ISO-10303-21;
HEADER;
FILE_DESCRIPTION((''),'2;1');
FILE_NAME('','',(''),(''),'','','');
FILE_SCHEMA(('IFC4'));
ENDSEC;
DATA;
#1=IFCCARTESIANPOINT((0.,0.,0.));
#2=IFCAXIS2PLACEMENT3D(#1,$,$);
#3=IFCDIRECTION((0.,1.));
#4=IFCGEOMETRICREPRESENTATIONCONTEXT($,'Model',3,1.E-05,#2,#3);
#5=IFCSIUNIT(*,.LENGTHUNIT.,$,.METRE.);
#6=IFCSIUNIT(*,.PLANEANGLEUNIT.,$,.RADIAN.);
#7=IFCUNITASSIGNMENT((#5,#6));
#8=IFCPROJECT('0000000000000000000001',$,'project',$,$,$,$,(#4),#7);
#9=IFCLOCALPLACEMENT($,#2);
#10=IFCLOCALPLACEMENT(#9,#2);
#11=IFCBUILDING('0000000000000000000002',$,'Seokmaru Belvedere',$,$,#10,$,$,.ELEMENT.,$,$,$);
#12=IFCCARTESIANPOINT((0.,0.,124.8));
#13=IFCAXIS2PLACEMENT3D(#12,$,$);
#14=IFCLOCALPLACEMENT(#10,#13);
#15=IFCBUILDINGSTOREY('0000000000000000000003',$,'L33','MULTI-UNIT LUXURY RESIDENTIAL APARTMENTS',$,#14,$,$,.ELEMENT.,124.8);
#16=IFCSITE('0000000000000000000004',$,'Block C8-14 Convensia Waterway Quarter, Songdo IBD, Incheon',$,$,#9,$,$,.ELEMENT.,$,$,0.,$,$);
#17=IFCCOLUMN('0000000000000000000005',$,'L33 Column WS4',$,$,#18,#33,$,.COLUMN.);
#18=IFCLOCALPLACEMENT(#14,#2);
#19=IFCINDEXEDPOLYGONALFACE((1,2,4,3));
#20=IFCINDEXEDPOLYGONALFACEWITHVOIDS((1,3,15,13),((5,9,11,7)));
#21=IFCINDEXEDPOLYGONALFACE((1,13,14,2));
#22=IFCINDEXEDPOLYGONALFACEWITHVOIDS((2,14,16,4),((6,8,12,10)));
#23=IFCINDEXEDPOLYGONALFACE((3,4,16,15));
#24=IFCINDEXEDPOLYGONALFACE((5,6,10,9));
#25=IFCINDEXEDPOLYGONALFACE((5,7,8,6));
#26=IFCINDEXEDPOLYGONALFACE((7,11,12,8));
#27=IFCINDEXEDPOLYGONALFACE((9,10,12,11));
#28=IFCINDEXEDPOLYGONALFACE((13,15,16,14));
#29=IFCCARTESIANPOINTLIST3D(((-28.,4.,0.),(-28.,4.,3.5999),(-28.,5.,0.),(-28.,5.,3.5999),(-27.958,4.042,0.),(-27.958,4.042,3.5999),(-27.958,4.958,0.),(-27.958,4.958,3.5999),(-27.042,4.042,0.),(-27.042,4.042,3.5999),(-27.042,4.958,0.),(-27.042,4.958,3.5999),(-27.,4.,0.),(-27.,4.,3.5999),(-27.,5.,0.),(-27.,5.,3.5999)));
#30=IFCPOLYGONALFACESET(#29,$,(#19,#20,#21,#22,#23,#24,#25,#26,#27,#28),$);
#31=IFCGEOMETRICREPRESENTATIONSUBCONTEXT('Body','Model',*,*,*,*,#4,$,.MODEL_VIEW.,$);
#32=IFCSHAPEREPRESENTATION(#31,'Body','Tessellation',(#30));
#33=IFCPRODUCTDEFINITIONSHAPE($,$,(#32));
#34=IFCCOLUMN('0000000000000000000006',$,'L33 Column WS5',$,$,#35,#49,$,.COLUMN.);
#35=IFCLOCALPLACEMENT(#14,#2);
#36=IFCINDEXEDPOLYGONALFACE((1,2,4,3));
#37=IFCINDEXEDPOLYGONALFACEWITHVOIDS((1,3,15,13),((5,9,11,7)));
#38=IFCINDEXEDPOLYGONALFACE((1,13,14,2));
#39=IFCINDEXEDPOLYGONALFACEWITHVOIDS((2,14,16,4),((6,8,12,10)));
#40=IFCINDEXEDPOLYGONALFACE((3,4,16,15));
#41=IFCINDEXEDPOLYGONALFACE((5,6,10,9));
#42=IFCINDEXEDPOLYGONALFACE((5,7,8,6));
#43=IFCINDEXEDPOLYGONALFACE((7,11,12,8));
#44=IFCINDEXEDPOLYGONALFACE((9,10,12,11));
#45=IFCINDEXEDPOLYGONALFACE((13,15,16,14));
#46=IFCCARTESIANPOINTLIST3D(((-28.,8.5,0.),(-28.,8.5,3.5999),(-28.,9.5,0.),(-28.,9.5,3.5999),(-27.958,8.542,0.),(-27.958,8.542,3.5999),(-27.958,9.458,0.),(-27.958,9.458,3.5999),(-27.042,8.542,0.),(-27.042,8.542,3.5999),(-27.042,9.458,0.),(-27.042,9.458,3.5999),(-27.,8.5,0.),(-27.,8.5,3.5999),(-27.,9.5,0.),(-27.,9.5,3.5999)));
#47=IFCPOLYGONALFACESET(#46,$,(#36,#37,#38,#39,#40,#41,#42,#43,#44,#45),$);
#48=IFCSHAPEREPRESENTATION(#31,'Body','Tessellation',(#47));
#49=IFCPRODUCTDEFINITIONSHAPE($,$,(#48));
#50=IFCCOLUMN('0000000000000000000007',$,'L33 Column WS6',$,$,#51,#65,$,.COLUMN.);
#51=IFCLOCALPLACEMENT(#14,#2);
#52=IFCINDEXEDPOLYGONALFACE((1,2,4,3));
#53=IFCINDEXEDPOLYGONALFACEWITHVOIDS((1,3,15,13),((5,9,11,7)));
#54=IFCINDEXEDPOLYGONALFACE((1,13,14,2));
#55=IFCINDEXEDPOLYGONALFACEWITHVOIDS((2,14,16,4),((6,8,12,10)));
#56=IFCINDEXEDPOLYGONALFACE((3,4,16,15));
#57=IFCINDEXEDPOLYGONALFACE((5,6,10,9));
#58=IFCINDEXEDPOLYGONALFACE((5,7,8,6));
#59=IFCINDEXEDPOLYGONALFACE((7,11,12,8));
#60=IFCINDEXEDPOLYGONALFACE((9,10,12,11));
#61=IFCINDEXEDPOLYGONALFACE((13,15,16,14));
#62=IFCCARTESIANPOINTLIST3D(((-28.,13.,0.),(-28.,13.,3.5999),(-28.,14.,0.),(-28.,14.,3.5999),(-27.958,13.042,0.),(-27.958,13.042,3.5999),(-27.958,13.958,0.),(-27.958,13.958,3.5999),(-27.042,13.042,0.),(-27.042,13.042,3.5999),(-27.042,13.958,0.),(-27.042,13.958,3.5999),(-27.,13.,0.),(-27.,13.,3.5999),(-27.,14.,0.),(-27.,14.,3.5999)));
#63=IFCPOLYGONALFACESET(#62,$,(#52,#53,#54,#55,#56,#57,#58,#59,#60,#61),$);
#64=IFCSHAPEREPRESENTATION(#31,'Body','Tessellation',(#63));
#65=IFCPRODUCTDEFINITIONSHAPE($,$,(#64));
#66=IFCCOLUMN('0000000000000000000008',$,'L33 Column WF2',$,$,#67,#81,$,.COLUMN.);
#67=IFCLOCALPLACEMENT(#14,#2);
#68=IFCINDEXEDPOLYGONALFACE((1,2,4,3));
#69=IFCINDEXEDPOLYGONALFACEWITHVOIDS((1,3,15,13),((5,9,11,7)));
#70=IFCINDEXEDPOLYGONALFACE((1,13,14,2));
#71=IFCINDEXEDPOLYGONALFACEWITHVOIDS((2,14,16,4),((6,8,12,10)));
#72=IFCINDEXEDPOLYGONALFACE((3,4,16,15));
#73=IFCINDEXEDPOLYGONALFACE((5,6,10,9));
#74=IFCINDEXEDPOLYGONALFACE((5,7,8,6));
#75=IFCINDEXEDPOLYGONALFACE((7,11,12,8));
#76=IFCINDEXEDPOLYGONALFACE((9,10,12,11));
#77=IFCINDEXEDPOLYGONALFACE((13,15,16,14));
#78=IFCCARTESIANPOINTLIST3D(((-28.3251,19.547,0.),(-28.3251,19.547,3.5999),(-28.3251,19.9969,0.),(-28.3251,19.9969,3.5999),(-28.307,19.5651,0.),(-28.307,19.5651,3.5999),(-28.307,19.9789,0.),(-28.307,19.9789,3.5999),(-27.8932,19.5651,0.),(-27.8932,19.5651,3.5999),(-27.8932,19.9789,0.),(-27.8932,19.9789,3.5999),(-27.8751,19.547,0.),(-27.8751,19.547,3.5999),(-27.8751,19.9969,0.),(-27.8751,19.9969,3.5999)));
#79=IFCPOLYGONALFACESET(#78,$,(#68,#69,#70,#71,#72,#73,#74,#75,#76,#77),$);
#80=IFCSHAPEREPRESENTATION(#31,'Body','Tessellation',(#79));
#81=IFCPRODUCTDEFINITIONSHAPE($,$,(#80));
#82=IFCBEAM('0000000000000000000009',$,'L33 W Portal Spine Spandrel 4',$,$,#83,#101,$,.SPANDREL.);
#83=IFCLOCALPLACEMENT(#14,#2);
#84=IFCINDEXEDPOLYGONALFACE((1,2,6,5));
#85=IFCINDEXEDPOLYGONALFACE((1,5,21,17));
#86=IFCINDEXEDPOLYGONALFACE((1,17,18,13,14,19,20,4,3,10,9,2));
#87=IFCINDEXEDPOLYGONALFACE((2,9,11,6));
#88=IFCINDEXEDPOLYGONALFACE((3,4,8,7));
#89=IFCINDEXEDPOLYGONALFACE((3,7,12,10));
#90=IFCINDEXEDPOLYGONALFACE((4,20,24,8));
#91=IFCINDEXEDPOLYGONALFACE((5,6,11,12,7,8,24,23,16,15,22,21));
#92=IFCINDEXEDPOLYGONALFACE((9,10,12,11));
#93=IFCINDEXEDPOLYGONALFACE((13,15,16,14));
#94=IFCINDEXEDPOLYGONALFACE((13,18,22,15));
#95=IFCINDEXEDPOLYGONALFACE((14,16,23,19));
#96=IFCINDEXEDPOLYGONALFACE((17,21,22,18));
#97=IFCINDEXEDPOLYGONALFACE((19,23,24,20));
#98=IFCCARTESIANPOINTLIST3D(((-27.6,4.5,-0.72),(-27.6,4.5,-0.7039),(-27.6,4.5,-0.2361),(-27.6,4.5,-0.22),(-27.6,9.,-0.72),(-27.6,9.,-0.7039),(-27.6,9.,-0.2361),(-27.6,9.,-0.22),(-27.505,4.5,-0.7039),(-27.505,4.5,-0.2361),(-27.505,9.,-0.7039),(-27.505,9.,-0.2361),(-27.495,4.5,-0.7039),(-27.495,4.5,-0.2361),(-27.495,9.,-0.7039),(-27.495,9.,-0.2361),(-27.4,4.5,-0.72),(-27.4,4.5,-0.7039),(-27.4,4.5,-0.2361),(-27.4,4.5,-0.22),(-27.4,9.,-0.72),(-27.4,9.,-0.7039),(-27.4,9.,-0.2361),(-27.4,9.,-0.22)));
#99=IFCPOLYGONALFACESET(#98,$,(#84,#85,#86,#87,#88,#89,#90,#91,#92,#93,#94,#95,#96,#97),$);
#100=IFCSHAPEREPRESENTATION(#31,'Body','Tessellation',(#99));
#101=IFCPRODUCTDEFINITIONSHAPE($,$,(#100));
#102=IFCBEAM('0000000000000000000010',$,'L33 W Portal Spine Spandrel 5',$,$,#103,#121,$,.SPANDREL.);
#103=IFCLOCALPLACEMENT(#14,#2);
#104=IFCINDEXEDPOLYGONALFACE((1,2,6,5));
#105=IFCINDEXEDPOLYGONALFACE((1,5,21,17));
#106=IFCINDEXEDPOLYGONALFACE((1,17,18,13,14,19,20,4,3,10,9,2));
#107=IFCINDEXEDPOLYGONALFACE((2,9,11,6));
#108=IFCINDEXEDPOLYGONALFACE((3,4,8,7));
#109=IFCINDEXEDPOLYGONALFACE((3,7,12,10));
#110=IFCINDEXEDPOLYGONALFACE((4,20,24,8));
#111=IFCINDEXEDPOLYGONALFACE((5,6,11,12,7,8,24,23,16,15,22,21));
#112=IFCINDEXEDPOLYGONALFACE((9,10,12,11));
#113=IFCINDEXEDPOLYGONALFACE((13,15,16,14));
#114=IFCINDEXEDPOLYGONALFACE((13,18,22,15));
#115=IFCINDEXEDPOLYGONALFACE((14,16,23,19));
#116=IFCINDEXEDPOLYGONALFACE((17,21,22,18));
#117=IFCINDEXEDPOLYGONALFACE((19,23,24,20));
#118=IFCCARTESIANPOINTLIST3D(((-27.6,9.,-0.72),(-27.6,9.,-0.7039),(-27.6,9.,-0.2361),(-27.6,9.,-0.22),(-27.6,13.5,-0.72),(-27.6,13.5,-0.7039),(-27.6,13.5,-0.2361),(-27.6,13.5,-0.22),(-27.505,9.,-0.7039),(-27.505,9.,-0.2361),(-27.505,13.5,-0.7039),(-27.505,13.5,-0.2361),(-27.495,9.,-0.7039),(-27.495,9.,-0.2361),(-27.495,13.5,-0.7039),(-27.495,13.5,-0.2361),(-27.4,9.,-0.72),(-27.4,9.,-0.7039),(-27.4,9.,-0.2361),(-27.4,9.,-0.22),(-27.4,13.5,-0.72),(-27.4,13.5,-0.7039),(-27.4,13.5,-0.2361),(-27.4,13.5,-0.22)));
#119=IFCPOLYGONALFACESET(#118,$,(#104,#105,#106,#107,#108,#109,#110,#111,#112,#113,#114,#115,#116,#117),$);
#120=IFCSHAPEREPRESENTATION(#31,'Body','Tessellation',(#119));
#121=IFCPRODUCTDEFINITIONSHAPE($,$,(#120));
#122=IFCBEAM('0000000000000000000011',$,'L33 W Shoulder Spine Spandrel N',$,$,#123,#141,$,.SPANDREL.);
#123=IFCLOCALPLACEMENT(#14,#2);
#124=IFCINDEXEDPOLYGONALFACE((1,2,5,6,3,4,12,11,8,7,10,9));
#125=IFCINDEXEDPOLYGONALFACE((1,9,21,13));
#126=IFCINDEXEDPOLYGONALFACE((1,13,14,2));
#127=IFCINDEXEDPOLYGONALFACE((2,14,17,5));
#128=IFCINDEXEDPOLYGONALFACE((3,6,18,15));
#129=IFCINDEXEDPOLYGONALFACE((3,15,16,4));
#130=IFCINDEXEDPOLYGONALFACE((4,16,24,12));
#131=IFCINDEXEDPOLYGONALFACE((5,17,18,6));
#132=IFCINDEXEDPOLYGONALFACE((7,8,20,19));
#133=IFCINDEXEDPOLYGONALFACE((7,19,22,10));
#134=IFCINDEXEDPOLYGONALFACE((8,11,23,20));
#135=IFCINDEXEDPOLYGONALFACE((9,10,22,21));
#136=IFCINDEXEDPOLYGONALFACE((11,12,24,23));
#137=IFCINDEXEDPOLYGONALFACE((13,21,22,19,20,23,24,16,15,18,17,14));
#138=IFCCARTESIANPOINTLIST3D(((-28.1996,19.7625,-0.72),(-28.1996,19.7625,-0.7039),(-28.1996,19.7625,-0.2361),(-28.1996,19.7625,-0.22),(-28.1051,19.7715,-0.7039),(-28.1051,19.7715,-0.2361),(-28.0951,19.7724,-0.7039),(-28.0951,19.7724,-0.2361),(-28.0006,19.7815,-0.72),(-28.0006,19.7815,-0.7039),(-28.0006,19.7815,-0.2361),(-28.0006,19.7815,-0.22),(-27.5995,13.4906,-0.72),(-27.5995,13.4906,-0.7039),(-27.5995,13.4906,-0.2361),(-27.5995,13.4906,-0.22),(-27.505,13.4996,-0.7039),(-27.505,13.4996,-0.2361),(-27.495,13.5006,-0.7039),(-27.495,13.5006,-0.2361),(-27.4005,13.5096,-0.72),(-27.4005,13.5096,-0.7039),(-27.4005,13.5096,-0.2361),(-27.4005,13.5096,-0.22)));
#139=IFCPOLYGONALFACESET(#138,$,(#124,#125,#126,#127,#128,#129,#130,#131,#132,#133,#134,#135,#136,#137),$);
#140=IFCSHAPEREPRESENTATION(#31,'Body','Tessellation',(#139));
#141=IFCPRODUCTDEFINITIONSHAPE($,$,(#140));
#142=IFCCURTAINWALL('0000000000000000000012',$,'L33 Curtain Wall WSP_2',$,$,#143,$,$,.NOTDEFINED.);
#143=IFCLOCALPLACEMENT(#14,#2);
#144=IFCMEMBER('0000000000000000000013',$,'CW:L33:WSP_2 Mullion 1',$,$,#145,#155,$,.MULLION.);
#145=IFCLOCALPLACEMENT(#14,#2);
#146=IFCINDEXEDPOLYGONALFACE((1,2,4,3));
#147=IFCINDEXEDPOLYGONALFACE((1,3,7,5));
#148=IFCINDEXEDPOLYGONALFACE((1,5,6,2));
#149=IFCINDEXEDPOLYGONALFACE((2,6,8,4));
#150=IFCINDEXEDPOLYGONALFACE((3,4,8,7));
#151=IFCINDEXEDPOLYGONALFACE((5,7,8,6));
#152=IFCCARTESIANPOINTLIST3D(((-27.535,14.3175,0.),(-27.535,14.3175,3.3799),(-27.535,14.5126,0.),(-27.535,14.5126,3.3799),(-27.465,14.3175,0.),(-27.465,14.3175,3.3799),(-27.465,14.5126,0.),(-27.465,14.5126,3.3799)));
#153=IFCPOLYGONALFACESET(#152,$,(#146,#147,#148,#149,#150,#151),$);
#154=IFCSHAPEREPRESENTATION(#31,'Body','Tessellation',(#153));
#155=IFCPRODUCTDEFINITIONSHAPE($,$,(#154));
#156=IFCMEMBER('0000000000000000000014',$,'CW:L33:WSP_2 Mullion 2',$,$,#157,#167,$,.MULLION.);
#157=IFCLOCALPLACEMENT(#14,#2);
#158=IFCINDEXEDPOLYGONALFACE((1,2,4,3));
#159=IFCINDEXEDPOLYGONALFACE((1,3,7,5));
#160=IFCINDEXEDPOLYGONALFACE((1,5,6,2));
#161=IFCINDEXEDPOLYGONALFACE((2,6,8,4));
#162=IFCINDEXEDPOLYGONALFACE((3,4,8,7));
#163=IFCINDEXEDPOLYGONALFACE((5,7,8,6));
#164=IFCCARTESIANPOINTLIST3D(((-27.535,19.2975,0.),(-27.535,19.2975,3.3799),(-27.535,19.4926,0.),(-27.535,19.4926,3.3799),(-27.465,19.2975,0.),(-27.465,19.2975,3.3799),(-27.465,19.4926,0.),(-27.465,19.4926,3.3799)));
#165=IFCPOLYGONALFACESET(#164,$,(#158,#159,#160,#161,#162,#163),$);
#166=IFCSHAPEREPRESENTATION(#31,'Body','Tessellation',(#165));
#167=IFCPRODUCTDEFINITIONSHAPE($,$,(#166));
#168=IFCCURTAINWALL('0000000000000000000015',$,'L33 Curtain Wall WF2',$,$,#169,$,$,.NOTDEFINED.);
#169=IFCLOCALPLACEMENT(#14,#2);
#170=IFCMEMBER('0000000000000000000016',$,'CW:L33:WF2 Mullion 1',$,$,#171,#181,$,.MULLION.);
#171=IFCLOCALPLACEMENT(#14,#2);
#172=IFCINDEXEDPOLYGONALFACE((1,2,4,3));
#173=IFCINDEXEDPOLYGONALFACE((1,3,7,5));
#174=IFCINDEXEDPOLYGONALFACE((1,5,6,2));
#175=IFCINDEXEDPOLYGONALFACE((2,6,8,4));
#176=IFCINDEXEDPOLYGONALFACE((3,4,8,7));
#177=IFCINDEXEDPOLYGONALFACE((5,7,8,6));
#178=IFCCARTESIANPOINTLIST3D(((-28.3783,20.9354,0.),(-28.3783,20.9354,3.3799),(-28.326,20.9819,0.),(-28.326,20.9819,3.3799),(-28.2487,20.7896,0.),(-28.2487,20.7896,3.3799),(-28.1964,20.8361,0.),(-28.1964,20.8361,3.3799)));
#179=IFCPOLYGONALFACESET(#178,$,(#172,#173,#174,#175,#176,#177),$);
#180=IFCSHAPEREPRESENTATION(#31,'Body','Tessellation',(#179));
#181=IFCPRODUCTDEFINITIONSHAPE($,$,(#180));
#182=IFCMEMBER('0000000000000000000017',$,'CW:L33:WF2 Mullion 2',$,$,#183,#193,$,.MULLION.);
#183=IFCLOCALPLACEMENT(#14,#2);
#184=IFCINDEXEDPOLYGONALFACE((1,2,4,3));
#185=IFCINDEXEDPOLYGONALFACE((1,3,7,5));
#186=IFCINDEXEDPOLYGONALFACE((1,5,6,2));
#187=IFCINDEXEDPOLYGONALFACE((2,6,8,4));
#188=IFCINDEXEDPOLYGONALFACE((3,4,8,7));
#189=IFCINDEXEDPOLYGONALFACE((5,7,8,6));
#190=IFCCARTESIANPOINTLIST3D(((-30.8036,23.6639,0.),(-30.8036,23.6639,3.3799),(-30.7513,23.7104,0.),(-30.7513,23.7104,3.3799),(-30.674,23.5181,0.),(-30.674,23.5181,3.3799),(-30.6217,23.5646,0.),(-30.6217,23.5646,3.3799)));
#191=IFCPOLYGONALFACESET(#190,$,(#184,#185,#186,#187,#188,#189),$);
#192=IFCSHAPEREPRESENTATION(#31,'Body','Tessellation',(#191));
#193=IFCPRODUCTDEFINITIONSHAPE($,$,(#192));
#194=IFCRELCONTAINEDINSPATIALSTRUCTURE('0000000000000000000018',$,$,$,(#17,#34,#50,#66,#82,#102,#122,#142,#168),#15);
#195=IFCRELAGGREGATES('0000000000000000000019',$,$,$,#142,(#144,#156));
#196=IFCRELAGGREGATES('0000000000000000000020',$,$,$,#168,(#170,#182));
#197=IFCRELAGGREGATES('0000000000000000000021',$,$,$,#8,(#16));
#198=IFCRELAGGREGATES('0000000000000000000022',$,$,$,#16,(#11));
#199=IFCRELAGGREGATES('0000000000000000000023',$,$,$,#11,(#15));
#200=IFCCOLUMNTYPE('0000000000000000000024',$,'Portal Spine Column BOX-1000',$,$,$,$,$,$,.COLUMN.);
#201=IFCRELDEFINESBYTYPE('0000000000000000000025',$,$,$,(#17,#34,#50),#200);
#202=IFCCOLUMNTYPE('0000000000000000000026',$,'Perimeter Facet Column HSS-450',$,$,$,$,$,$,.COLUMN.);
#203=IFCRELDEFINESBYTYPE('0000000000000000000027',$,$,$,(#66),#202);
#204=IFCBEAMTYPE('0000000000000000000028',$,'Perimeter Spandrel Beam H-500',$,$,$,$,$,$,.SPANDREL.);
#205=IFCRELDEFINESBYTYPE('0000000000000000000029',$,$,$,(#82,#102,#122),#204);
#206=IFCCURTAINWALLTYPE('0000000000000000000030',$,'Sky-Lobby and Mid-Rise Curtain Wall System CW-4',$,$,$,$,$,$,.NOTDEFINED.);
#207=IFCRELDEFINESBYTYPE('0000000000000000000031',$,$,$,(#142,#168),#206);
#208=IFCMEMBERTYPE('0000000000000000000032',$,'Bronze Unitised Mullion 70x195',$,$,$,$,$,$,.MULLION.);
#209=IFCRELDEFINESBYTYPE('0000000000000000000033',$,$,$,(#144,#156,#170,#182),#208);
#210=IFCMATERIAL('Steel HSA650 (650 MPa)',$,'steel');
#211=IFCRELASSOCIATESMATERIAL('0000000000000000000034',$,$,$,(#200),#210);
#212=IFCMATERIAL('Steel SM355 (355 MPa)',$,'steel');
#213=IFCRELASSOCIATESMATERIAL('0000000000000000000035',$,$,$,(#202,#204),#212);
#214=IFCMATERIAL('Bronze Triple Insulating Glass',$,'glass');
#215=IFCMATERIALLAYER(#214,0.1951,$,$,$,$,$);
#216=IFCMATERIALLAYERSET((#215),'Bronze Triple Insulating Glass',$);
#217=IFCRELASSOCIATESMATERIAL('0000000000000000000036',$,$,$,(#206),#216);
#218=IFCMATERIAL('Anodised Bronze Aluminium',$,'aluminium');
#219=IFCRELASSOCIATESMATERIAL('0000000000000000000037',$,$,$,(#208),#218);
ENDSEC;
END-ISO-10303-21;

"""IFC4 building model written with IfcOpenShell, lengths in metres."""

from ifc_helpers import new_model, si_unit, direction, frame, origin, origin_2d, place, context, subcontext, project, spatial, rectangle, hollow_rectangle, i_section, extrude, source, transform, mapped, material, layer, layer_set, material_profile, profile_set, type_object, type_shapes, element, aggregate, save


model = new_model("IFC4")

# Units and contexts
model_context = context("Model", 3, precision=1e-05, world=origin(), true_north=direction((0.0, 1.0)))
body_context = subcontext(model_context, "Body", "Model", "MODEL_VIEW")
ifc_project = project(units=[si_unit("LENGTHUNIT", "METRE"), si_unit("PLANEANGLEUNIT", "RADIAN")], contexts=[model_context])

# Site, building, storey
site_placement = place(None, origin())
site = spatial("IfcSite", under=ifc_project, at=site_placement, Name="Block C8-14 Convensia Waterway Quarter, Songdo IBD, Incheon", CompositionType="ELEMENT", RefElevation=0.0)
building_placement = place(site_placement, origin())
building = spatial("IfcBuilding", under=site, at=building_placement, Name="Seokmaru Belvedere", CompositionType="ELEMENT")
storey_placement = place(building_placement, frame((0.0, 0.0, 124.8)))
storey = spatial("IfcBuildingStorey", under=building, at=storey_placement, Name="L33", Description="MULTI-UNIT LUXURY RESIDENTIAL APARTMENTS", CompositionType="ELEMENT", Elevation=124.8)

# Columns
ifc_material_1 = material(Name="Steel HSA650 (650 MPa)", Category="steel")
ifc_material_profile_1 = material_profile(ifc_material_1, hollow_rectangle(XDim=1.0, YDim=1.0, WallThickness=0.042, at=origin_2d()), Name="BOX-1000x1000x42")
ifc_profile_set_1 = profile_set([ifc_material_profile_1], Name="Steel HSA650 (650 MPa)")
column_type_1 = type_object("IfcColumnType", Name="Portal Spine Column BOX-1000", PredefinedType="COLUMN", material=ifc_profile_set_1)
shared_shape_1 = source(origin(), body_context, "Body", "SweptSolid", [
    extrude(hollow_rectangle(XDim=1.0, YDim=1.0, WallThickness=0.042, at=origin_2d()), origin(), (0.0, 0.0, 1.0), 3.5999),
])
type_shapes(column_type_1, [shared_shape_1])
for number, where, z_axis, x_axis, name in (
    (1, (-27.5, 4.5, 0.0), (0.0, 0.0, 1.0), (1.0, 0.0, 0.0), "L33 Column WS4"),
    (2, (-27.5, 9.0, 0.0), (0.0, 0.0, 1.0), (1.0, 0.0, 0.0), "L33 Column WS5"),
    (3, (-27.5, 13.5, 0.0), (0.0, 0.0, 1.0), (1.0, 0.0, 0.0), "L33 Column WS6"),
):
    element("IfcColumn", number, at=place(storey_placement, frame(where, z_axis=z_axis, x_axis=x_axis)), inside=storey, type_object=column_type_1, Name=name, PredefinedType="COLUMN", context=body_context, shape_type="MappedRepresentation", body=[
        mapped(shared_shape_1, transform((0.0, 0.0, 0.0), scale=1.0)),
    ])
ifc_material_2 = material(Name="Steel SM355 (355 MPa)", Category="steel")
ifc_material_profile_2 = material_profile(ifc_material_2, hollow_rectangle(XDim=0.45, YDim=0.45, WallThickness=0.0181, at=origin_2d()), Name="HSS-450x450x18")
ifc_profile_set_2 = profile_set([ifc_material_profile_2], Name="Steel SM355 (355 MPa)")
column_type_2 = type_object("IfcColumnType", Name="Perimeter Facet Column HSS-450", PredefinedType="COLUMN", material=ifc_profile_set_2)
shared_shape_2 = source(origin(), body_context, "Body", "SweptSolid", [
    extrude(hollow_rectangle(XDim=0.45, YDim=0.45, WallThickness=0.0181, at=origin_2d()), origin(), (0.0, 0.0, 1.0), 3.5999),
])
type_shapes(column_type_2, [shared_shape_2])
column_placement = place(storey_placement, frame((-28.1001, 19.772, 0.0), z_axis=(0.0, 0.0, 1.0), x_axis=(1.0, 0.0, 0.0)))
element("IfcColumn", 4, at=column_placement, inside=storey, type_object=column_type_2, Name="L33 Column WF2", PredefinedType="COLUMN", context=body_context, shape_type="MappedRepresentation", body=[
    mapped(shared_shape_2, transform((0.0, 0.0, 0.0), scale=1.0)),
])

# Beams
ifc_material_profile_3 = material_profile(ifc_material_2, i_section(OverallWidth=0.2, OverallDepth=0.5, WebThickness=0.01, FlangeThickness=0.0161, at=origin_2d()), Name="H-500x200x10x16")
ifc_profile_set_3 = profile_set([ifc_material_profile_3], Name="Steel SM355 (355 MPa)")
beam_type = type_object("IfcBeamType", Name="Perimeter Spandrel Beam H-500", PredefinedType="SPANDREL", material=ifc_profile_set_3)
shared_shape_3 = source(origin(), body_context, "Body", "SweptSolid", [
    extrude(i_section(OverallWidth=0.2, OverallDepth=0.5, WebThickness=0.01, FlangeThickness=0.0161, at=origin_2d()), origin(), (0.0, 0.0, 1.0), 4.5),
])
for number, where, z_axis, x_axis, name in (
    (5, (-27.5, 4.5, -0.47), (0.0, 1.0, 0.0), (-1.0, 0.0, 0.0), "L33 W Portal Spine Spandrel 4"),
    (6, (-27.5, 9.0, -0.47), (0.0, 1.0, 0.0), (-1.0, 0.0, 0.0), "L33 W Portal Spine Spandrel 5"),
):
    element("IfcBeam", number, at=place(storey_placement, frame(where, z_axis=z_axis, x_axis=x_axis)), inside=storey, type_object=beam_type, Name=name, PredefinedType="SPANDREL", context=body_context, shape_type="MappedRepresentation", body=[
        mapped(shared_shape_3, transform((0.0, 0.0, 0.0), scale=1.0)),
    ])
shared_shape_4 = source(origin(), body_context, "Body", "SweptSolid", [
    extrude(i_section(OverallWidth=0.2, OverallDepth=0.5, WebThickness=0.01, FlangeThickness=0.0161, at=origin_2d()), origin(), (0.0, 0.0, 1.0), 6.3005),
])
type_shapes(beam_type, [shared_shape_3, shared_shape_4])
beam_placement = place(storey_placement, frame((-28.1001, 19.772, -0.47), z_axis=(0.095244, -0.995454, 0.0), x_axis=(0.995454, 0.095244, 0.0)))
element("IfcBeam", 7, at=beam_placement, inside=storey, type_object=beam_type, Name="L33 W Shoulder Spine Spandrel N", PredefinedType="SPANDREL", context=body_context, shape_type="MappedRepresentation", body=[
    mapped(shared_shape_4, transform((0.0, 0.0, 0.0), scale=1.0)),
])

# Curtain walls, members
ifc_material_3 = material(Name="Bronze Triple Insulating Glass", Category="glass")
ifc_layer_1 = layer(ifc_material_3, 0.1951)
ifc_layer_set_1 = layer_set([ifc_layer_1], Name="Bronze Triple Insulating Glass")
curtain_wall_type = type_object("IfcCurtainWallType", Name="Sky-Lobby and Mid-Rise Curtain Wall System CW-4", PredefinedType="NOTDEFINED", material=ifc_layer_set_1)
curtain_wall_1_placement = place(storey_placement, origin())
curtain_wall_1 = element("IfcCurtainWall", 8, at=curtain_wall_1_placement, inside=storey, type_object=curtain_wall_type, Name="L33 Curtain Wall WSP_2", PredefinedType="NOTDEFINED")
ifc_material_4 = material(Name="Anodised Bronze Aluminium", Category="aluminium")
ifc_material_profile_4 = material_profile(ifc_material_4, rectangle(XDim=0.0701, YDim=0.1951, at=origin_2d()), Name="CW-M-70x195")
ifc_profile_set_4 = profile_set([ifc_material_profile_4], Name="Anodised Bronze Aluminium")
member_type_1 = type_object("IfcMemberType", Name="Bronze Unitised Mullion 70x195", PredefinedType="MULLION", material=ifc_profile_set_4)
shared_shape_5 = source(origin(), body_context, "Body", "SweptSolid", [
    extrude(rectangle(XDim=0.0701, YDim=0.1951, at=origin_2d()), origin(), (0.0, 0.0, 1.0), 3.3799),
])
type_shapes(member_type_1, [shared_shape_5])
member_1_placement = place(storey_placement, frame((-27.5, 14.415, 0.0), z_axis=(0.0, 0.0, 1.0), x_axis=(-1.0, 0.0, 0.0)))
member_1 = element("IfcMember", 9, at=member_1_placement, type_object=member_type_1, Name="CW:L33:WSP_2 Mullion 1", PredefinedType="MULLION", context=body_context, shape_type="MappedRepresentation", body=[
    mapped(shared_shape_5, transform((0.0, 0.0, 0.0), scale=1.0)),
])
member_2_placement = place(storey_placement, frame((-27.5, 19.395, 0.0), z_axis=(0.0, 0.0, 1.0), x_axis=(-1.0, 0.0, 0.0)))
member_2 = element("IfcMember", 10, at=member_2_placement, type_object=member_type_1, Name="CW:L33:WSP_2 Mullion 2", PredefinedType="MULLION", context=body_context, shape_type="MappedRepresentation", body=[
    mapped(shared_shape_5, transform((0.0, 0.0, 0.0), scale=1.0)),
])
curtain_wall_2_placement = place(storey_placement, origin())
curtain_wall_2 = element("IfcCurtainWall", 11, at=curtain_wall_2_placement, inside=storey, type_object=curtain_wall_type, Name="L33 Curtain Wall WF2", PredefinedType="NOTDEFINED")
member_3_placement = place(storey_placement, frame((-28.2874, 20.8857, 0.0), z_axis=(0.0, 0.0, 1.0), x_axis=(-0.74741, -0.664363, 0.0)))
member_3 = element("IfcMember", 12, at=member_3_placement, type_object=member_type_1, Name="CW:L33:WF2 Mullion 1", PredefinedType="MULLION", context=body_context, shape_type="MappedRepresentation", body=[
    mapped(shared_shape_5, transform((0.0, 0.0, 0.0), scale=1.0)),
])
member_4_placement = place(storey_placement, frame((-30.7126, 23.6143, 0.0), z_axis=(0.0, 0.0, 1.0), x_axis=(-0.74741, -0.664363, 0.0)))
member_4 = element("IfcMember", 13, at=member_4_placement, type_object=member_type_1, Name="CW:L33:WF2 Mullion 2", PredefinedType="MULLION", context=body_context, shape_type="MappedRepresentation", body=[
    mapped(shared_shape_5, transform((0.0, 0.0, 0.0), scale=1.0)),
])

aggregate(curtain_wall_1, [member_1, member_2])
aggregate(curtain_wall_2, [member_3, member_4])

save(model, "model.ifc")
